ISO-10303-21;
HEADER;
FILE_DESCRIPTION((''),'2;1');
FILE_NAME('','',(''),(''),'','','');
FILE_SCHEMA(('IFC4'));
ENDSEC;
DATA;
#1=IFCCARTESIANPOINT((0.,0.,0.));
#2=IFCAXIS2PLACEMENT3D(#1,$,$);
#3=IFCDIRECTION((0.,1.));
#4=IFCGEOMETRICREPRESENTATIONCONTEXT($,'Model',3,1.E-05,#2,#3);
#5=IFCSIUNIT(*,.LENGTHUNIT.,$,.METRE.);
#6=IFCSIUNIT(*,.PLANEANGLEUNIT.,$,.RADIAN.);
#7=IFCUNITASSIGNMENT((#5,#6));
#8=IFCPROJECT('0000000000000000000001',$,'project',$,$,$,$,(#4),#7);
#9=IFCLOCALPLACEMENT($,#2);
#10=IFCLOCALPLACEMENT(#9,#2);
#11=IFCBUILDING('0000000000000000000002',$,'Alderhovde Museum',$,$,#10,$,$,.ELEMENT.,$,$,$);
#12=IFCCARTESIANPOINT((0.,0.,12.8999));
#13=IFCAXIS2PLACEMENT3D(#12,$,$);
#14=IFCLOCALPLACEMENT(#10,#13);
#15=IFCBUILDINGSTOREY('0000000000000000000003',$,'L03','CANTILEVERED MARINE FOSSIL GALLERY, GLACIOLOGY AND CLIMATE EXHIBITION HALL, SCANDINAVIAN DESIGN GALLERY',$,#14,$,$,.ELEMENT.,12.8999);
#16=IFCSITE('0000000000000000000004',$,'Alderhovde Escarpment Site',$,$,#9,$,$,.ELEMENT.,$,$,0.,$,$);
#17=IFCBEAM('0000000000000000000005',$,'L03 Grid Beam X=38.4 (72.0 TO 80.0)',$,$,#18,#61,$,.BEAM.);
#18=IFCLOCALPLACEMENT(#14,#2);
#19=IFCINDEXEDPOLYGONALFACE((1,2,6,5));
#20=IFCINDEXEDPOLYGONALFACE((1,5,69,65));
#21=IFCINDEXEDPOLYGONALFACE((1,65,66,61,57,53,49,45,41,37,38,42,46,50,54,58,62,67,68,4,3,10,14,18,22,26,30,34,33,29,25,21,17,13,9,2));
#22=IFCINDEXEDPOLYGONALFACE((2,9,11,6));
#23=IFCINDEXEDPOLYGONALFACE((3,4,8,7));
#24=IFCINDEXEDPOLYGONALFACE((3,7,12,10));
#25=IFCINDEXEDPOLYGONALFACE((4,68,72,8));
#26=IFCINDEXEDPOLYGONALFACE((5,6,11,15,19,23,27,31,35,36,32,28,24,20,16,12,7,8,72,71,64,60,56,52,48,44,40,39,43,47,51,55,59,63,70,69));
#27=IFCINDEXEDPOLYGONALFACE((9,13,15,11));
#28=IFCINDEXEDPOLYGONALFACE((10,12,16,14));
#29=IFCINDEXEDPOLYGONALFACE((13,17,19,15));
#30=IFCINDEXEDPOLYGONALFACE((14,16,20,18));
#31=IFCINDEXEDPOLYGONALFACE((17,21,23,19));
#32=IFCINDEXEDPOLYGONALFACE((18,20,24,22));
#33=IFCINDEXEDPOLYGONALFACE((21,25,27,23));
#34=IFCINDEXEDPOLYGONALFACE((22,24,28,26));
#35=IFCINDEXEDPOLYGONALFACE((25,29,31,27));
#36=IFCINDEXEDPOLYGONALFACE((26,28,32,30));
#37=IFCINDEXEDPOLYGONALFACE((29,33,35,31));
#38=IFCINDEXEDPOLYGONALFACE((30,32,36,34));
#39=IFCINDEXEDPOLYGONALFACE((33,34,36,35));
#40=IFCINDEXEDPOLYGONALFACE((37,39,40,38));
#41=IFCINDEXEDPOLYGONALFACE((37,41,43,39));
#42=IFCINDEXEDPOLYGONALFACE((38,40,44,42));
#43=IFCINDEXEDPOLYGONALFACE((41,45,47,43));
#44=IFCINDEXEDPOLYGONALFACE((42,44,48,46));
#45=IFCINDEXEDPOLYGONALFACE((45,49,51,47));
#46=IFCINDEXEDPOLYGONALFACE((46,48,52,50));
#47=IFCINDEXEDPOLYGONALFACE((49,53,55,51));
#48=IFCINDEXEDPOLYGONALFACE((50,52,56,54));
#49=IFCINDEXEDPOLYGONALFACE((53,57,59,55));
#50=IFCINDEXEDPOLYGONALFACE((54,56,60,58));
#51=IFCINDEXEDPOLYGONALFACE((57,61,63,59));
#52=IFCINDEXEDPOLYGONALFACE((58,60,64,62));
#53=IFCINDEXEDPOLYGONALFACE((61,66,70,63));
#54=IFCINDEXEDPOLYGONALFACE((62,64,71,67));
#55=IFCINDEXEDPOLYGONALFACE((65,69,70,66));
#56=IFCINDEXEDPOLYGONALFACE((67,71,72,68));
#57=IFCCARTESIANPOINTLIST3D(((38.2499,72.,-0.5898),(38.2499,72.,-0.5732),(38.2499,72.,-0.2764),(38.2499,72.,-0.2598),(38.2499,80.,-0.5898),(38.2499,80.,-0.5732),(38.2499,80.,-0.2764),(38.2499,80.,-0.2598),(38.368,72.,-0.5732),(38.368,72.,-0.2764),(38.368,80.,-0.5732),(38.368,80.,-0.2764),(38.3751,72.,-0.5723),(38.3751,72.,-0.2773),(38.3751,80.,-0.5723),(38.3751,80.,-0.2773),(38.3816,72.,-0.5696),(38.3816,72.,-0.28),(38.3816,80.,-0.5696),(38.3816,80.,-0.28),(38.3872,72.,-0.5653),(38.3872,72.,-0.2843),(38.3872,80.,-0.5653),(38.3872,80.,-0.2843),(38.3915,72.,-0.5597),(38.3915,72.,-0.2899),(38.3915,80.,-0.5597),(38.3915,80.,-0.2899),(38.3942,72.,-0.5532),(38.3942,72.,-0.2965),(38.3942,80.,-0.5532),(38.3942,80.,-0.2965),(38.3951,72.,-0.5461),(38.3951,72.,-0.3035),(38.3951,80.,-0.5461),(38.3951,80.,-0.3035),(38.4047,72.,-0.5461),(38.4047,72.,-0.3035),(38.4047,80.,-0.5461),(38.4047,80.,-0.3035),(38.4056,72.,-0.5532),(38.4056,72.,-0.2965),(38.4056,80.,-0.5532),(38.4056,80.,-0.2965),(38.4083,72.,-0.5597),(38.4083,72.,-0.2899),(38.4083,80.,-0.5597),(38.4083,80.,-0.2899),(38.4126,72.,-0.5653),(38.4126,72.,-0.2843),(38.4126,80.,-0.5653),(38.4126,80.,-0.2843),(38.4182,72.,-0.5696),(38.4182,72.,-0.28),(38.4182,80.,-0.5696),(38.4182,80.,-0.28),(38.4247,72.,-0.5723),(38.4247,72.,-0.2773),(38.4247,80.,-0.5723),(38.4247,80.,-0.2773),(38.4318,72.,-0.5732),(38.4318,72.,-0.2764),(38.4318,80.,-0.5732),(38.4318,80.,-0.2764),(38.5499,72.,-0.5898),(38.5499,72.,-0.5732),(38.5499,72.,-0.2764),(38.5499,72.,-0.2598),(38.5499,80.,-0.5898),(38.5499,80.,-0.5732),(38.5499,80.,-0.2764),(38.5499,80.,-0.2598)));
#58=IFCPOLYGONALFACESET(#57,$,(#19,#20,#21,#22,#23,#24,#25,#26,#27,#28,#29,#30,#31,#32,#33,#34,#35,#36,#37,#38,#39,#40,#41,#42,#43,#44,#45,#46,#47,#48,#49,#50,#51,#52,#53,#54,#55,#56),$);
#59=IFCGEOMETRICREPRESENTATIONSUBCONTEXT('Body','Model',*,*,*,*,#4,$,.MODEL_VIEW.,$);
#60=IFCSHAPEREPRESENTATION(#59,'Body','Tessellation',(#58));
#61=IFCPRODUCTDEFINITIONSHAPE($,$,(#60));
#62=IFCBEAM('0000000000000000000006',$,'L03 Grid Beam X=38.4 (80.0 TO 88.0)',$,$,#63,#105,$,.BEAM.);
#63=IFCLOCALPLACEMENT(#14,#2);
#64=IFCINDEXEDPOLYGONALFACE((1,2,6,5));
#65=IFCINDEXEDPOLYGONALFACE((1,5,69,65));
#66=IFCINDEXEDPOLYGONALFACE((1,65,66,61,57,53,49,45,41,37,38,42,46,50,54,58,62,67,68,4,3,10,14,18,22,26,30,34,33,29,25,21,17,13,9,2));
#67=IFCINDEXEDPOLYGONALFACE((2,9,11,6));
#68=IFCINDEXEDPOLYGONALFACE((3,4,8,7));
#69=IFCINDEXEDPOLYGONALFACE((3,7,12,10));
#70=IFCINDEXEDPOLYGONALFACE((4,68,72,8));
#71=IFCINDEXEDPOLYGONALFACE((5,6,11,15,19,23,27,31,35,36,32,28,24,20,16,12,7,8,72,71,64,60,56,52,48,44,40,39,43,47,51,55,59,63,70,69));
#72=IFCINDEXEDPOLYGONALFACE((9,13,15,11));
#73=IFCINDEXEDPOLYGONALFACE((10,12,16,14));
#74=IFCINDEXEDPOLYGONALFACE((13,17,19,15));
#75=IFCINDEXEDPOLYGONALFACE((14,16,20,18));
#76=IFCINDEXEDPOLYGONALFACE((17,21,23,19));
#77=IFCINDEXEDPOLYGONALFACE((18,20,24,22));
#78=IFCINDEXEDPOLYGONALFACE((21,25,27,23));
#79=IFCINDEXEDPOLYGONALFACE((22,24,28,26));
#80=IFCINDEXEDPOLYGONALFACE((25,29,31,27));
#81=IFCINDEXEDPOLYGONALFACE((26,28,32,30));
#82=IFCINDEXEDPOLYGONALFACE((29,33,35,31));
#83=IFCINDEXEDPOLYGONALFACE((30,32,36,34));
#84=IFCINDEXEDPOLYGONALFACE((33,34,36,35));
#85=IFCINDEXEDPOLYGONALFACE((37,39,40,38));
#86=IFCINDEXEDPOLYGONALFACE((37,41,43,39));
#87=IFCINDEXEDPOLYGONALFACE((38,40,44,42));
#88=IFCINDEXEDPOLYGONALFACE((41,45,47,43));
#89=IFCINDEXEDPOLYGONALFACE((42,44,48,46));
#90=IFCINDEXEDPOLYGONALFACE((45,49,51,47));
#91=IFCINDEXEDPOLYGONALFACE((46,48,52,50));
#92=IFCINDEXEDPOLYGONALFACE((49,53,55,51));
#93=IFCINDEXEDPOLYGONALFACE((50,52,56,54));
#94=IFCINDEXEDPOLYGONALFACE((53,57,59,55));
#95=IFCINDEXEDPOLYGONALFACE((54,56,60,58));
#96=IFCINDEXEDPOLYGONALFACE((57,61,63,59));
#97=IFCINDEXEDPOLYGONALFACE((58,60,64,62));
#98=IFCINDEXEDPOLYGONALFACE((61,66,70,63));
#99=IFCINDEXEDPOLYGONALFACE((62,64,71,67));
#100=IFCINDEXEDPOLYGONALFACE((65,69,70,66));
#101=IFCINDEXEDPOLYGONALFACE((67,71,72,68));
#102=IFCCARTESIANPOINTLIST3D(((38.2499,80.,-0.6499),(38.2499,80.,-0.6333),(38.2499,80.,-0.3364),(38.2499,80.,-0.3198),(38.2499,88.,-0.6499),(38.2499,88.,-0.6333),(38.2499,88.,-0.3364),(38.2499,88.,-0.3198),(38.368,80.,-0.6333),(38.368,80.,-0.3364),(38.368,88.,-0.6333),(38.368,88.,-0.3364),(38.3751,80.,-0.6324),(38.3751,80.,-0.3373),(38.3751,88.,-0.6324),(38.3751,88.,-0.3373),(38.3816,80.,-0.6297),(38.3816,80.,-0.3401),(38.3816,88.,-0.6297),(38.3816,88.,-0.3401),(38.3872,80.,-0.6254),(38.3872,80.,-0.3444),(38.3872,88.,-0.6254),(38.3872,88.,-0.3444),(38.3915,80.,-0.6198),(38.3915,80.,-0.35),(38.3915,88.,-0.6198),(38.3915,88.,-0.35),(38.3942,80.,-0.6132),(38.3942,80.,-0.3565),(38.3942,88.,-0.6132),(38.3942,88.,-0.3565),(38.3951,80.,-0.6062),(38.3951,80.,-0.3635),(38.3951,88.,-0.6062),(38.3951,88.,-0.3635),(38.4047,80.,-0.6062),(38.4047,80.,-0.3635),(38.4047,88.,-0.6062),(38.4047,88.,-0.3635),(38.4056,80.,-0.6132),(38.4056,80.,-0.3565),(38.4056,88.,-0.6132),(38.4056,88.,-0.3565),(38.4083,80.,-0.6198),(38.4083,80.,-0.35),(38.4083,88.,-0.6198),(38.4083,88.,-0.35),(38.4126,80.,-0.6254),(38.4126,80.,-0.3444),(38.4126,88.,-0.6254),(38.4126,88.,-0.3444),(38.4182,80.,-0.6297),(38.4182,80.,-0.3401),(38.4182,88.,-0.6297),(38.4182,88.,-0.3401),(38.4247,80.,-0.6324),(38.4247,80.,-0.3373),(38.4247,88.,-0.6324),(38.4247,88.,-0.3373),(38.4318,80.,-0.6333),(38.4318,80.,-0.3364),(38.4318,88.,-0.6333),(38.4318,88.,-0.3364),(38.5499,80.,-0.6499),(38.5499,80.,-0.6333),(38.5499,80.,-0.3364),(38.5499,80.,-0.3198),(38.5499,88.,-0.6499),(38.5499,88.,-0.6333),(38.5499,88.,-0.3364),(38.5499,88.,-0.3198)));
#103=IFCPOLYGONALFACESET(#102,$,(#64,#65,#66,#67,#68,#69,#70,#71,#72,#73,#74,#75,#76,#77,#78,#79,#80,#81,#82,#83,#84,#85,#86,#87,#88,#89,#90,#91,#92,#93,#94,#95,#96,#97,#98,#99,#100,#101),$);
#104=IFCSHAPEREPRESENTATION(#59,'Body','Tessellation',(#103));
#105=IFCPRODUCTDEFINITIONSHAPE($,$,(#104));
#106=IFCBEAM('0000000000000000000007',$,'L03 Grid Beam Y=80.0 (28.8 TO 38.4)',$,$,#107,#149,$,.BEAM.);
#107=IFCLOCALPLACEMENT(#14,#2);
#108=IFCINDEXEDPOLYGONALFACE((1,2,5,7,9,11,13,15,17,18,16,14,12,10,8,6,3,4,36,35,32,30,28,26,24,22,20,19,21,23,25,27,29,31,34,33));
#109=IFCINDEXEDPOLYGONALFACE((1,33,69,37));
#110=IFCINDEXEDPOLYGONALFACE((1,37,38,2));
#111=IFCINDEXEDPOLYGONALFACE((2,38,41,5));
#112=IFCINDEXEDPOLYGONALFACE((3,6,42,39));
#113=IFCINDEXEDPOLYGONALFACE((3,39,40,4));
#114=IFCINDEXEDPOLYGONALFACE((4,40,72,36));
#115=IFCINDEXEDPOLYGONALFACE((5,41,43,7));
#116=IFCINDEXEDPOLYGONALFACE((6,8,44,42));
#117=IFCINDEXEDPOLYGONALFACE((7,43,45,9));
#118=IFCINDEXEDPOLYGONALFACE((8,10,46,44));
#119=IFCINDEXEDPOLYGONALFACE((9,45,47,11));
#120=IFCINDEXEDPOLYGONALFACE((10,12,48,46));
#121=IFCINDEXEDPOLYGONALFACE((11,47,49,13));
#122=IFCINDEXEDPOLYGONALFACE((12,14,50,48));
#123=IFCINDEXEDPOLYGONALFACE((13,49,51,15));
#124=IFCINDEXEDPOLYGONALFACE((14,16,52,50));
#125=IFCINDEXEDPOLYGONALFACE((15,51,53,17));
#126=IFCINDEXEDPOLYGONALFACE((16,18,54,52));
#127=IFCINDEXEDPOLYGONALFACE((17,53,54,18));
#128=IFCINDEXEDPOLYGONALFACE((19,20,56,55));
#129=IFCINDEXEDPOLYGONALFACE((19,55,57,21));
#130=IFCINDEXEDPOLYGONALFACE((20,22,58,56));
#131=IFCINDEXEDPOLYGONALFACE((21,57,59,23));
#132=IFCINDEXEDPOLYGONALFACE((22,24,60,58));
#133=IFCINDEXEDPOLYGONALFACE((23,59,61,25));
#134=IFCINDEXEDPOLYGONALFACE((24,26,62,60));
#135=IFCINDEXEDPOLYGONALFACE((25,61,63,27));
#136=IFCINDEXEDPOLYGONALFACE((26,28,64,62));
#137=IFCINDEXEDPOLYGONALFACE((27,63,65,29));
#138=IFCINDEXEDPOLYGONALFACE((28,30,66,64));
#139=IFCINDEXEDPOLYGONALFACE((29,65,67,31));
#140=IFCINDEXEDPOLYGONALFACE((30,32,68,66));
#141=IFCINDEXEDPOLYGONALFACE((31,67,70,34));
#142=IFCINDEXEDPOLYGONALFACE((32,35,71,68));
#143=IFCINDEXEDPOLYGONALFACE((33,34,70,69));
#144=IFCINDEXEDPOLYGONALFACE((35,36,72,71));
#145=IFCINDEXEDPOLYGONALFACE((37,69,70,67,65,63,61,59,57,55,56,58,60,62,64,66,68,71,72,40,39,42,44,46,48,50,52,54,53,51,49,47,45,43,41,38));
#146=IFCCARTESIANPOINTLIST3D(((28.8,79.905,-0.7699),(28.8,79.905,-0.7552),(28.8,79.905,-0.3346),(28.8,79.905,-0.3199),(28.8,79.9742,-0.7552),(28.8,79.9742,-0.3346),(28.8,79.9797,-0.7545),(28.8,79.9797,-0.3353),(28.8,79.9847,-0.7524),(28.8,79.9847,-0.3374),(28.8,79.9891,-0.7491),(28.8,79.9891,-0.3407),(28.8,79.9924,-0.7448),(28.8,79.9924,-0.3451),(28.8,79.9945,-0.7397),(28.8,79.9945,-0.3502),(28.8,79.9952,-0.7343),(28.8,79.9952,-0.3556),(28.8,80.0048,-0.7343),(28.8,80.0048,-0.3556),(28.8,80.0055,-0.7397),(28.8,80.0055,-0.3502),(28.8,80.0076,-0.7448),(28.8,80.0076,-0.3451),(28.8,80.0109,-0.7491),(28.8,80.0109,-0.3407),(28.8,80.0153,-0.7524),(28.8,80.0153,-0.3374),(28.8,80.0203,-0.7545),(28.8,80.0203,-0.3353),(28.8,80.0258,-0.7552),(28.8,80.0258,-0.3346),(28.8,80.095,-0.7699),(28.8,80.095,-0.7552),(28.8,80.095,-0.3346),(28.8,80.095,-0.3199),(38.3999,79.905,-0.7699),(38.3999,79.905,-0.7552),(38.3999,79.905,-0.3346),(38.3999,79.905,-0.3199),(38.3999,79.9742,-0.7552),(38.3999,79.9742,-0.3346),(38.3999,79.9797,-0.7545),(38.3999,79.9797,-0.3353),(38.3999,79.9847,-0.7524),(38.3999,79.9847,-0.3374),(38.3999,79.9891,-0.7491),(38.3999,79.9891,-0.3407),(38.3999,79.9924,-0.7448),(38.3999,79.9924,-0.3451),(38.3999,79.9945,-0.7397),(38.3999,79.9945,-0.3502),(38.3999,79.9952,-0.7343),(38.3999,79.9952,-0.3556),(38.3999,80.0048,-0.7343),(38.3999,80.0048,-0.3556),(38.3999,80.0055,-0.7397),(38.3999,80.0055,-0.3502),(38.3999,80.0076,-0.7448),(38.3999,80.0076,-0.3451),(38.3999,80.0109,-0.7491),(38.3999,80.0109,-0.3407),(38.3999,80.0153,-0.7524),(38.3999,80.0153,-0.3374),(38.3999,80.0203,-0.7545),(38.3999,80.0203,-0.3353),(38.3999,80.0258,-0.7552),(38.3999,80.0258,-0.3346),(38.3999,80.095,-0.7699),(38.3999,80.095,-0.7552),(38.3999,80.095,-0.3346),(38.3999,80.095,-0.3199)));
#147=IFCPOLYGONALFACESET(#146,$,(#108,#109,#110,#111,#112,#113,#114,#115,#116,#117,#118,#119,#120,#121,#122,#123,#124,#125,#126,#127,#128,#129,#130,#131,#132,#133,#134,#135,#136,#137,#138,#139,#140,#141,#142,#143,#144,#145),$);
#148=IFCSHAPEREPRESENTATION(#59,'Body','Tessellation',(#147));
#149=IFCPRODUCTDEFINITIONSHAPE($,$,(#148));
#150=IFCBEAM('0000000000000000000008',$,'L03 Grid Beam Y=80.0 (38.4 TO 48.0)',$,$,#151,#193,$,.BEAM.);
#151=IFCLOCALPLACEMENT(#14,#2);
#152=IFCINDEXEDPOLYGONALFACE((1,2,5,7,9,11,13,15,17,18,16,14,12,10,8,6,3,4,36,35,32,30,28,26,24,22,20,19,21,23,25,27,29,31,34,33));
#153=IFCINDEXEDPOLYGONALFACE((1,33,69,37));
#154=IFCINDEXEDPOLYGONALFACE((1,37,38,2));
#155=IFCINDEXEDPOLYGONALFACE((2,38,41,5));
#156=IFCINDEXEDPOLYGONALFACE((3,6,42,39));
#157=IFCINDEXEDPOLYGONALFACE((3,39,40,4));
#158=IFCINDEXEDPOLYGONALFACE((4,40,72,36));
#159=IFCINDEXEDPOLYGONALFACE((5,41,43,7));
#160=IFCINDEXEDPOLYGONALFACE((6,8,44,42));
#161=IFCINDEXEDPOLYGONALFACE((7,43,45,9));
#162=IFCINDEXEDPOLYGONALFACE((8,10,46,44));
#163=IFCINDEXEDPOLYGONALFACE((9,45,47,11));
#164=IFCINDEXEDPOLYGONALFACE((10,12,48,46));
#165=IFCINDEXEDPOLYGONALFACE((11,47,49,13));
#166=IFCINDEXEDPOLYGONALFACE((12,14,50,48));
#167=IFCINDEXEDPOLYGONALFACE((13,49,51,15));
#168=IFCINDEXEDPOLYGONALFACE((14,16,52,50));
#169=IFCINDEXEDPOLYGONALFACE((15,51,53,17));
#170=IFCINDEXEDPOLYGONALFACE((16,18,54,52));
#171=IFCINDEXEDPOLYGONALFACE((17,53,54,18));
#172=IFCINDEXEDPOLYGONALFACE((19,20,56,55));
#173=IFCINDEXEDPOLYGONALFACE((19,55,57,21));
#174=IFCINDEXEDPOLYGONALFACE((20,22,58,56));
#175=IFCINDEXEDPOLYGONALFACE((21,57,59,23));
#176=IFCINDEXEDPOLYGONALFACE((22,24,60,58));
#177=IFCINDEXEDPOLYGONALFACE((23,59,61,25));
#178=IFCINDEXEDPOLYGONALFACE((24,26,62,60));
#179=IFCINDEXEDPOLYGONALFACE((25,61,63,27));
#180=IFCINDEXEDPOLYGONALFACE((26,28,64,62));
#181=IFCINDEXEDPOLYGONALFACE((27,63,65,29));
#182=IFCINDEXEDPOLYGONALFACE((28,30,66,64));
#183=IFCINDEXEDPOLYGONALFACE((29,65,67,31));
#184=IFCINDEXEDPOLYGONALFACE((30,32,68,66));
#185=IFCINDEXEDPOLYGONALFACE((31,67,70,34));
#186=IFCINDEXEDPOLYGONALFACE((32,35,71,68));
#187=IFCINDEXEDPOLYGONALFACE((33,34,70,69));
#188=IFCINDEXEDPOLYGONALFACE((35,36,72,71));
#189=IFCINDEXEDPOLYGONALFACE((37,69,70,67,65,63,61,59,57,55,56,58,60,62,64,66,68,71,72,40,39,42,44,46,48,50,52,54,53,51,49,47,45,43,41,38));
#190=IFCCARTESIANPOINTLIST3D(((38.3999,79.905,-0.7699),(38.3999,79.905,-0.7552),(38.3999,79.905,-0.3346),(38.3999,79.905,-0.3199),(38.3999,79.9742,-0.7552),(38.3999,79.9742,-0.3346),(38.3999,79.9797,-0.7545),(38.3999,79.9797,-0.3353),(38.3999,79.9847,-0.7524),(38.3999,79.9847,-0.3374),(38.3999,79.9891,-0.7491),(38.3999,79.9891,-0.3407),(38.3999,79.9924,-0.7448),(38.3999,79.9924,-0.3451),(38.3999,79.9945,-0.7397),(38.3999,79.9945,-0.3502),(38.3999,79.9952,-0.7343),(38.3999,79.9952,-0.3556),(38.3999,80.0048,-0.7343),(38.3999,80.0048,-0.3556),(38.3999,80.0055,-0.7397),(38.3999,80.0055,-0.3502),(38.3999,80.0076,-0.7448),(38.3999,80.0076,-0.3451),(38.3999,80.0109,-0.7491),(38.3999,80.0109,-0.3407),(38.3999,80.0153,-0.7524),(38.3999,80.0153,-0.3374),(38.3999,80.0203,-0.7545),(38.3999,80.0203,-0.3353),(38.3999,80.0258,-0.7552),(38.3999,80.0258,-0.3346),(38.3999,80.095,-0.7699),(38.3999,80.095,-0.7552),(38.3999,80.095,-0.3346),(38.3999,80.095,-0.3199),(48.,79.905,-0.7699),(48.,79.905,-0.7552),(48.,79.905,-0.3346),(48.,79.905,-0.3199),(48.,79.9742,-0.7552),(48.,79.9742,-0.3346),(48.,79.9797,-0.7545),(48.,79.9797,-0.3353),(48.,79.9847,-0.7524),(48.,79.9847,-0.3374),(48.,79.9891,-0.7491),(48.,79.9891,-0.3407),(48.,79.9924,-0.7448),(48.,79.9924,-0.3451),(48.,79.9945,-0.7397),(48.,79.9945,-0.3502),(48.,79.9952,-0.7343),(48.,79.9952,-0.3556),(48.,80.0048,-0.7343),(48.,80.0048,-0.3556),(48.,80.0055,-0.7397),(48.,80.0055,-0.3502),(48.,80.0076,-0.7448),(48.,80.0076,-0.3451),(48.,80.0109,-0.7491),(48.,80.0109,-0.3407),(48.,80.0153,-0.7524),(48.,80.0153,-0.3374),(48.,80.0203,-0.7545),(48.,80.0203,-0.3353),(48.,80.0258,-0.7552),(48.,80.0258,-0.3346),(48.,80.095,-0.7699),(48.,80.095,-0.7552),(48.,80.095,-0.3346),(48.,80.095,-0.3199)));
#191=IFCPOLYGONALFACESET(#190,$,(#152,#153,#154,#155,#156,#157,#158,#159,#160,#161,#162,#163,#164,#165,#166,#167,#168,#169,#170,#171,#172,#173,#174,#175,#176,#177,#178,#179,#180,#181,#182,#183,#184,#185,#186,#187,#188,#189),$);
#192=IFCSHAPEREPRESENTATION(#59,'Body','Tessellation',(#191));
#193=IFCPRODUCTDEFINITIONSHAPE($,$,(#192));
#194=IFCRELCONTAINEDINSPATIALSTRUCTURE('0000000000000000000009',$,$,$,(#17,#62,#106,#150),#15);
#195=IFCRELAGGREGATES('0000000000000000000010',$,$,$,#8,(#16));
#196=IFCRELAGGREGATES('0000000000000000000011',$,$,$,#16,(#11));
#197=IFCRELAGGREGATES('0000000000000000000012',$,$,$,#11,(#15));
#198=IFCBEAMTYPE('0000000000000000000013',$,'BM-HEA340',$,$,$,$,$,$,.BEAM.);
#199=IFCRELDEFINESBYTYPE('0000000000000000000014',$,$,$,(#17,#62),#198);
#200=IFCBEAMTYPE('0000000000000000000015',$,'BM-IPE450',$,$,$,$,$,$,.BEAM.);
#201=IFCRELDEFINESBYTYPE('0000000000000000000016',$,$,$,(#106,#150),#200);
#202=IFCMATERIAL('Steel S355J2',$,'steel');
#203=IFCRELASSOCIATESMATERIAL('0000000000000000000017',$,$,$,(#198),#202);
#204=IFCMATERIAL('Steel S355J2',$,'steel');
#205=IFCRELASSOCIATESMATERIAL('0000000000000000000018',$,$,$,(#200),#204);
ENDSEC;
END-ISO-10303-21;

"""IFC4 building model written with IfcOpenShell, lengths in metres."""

from ifc_helpers import new_model, si_unit, direction, frame, origin, origin_2d, place, context, subcontext, project, spatial, i_section, extrude, material, material_profile, profile_set, type_object, element, save


model = new_model("IFC4")

# Units and contexts
model_context = context("Model", 3, precision=1e-05, world=origin(), true_north=direction((0.0, 1.0)))
body_context = subcontext(model_context, "Body", "Model", "MODEL_VIEW")
ifc_project = project(units=[si_unit("LENGTHUNIT", "METRE"), si_unit("PLANEANGLEUNIT", "RADIAN")], contexts=[model_context])

# Site, building, storey
site_placement = place(None, origin())
site = spatial("IfcSite", under=ifc_project, at=site_placement, Name="Alderhovde Escarpment Site", CompositionType="ELEMENT", RefElevation=0.0)
building_placement = place(site_placement, origin())
building = spatial("IfcBuilding", under=site, at=building_placement, Name="Alderhovde Museum", CompositionType="ELEMENT")
storey_placement = place(building_placement, frame((0.0, 0.0, 12.8999)))
storey = spatial("IfcBuildingStorey", under=building, at=storey_placement, Name="L03", Description="CANTILEVERED MARINE FOSSIL GALLERY, GLACIOLOGY AND CLIMATE EXHIBITION HALL, SCANDINAVIAN DESIGN GALLERY", CompositionType="ELEMENT", Elevation=12.8999)

# Beams
ifc_material_1 = material(Name="Steel S355J2", Category="steel")
ifc_material_profile_1 = material_profile(ifc_material_1, i_section(OverallWidth=0.3, OverallDepth=0.3301, WebThickness=0.0095, FlangeThickness=0.0166, FilletRadius=0.0271, at=origin_2d()), Name="HEA 340")
ifc_profile_set_1 = profile_set([ifc_material_profile_1], Name="Steel S355J2")
beam_type_1 = type_object("IfcBeamType", Name="BM-HEA340", PredefinedType="BEAM", material=ifc_profile_set_1)
for number, where, z_axis, x_axis, name in (
    (1, (38.3999, 72.0, -0.4248), (0.0, 1.0, 0.0), (-1.0, 0.0, 0.0), "L03 Grid Beam X=38.4 (72.0 TO 80.0)"),
    (2, (38.3999, 80.0, -0.4849), (0.0, 1.0, 0.0), (-1.0, 0.0, 0.0), "L03 Grid Beam X=38.4 (80.0 TO 88.0)"),
):
    element("IfcBeam", number, at=place(storey_placement, frame(where, z_axis=z_axis, x_axis=x_axis)), inside=storey, type_object=beam_type_1, Name=name, PredefinedType="BEAM", context=body_context, shape_type="SweptSolid", body=[
        extrude(i_section(OverallWidth=0.3, OverallDepth=0.3301, WebThickness=0.0095, FlangeThickness=0.0166, FilletRadius=0.0271, at=origin_2d()), origin(), (0.0, 0.0, 1.0), 8.0),
    ])
ifc_material_2 = material(Name="Steel S355J2", Category="steel")
ifc_material_profile_2 = material_profile(ifc_material_2, i_section(OverallWidth=0.1899, OverallDepth=0.45, WebThickness=0.0095, FlangeThickness=0.0146, FilletRadius=0.021, at=origin_2d()), Name="IPE 450")
ifc_profile_set_2 = profile_set([ifc_material_profile_2], Name="Steel S355J2")
beam_type_2 = type_object("IfcBeamType", Name="BM-IPE450", PredefinedType="BEAM", material=ifc_profile_set_2)
beam_1_placement = place(storey_placement, frame((28.8, 80.0, -0.5449), z_axis=(1.0, 0.0, 0.0), x_axis=(0.0, 1.0, 0.0)))
element("IfcBeam", 3, at=beam_1_placement, inside=storey, type_object=beam_type_2, Name="L03 Grid Beam Y=80.0 (28.8 TO 38.4)", PredefinedType="BEAM", context=body_context, shape_type="SweptSolid", body=[
    extrude(i_section(OverallWidth=0.1899, OverallDepth=0.45, WebThickness=0.0095, FlangeThickness=0.0146, FilletRadius=0.021, at=origin_2d()), origin(), (0.0, 0.0, 1.0), 9.5999),
])
beam_2_placement = place(storey_placement, frame((38.3999, 80.0, -0.5449), z_axis=(1.0, 0.0, 0.0), x_axis=(0.0, 1.0, 0.0)))
element("IfcBeam", 4, at=beam_2_placement, inside=storey, type_object=beam_type_2, Name="L03 Grid Beam Y=80.0 (38.4 TO 48.0)", PredefinedType="BEAM", context=body_context, shape_type="SweptSolid", body=[
    extrude(i_section(OverallWidth=0.1899, OverallDepth=0.45, WebThickness=0.0095, FlangeThickness=0.0146, FilletRadius=0.021, at=origin_2d()), origin(), (0.0, 0.0, 1.0), 9.6001),
])

save(model, "model.ifc")
